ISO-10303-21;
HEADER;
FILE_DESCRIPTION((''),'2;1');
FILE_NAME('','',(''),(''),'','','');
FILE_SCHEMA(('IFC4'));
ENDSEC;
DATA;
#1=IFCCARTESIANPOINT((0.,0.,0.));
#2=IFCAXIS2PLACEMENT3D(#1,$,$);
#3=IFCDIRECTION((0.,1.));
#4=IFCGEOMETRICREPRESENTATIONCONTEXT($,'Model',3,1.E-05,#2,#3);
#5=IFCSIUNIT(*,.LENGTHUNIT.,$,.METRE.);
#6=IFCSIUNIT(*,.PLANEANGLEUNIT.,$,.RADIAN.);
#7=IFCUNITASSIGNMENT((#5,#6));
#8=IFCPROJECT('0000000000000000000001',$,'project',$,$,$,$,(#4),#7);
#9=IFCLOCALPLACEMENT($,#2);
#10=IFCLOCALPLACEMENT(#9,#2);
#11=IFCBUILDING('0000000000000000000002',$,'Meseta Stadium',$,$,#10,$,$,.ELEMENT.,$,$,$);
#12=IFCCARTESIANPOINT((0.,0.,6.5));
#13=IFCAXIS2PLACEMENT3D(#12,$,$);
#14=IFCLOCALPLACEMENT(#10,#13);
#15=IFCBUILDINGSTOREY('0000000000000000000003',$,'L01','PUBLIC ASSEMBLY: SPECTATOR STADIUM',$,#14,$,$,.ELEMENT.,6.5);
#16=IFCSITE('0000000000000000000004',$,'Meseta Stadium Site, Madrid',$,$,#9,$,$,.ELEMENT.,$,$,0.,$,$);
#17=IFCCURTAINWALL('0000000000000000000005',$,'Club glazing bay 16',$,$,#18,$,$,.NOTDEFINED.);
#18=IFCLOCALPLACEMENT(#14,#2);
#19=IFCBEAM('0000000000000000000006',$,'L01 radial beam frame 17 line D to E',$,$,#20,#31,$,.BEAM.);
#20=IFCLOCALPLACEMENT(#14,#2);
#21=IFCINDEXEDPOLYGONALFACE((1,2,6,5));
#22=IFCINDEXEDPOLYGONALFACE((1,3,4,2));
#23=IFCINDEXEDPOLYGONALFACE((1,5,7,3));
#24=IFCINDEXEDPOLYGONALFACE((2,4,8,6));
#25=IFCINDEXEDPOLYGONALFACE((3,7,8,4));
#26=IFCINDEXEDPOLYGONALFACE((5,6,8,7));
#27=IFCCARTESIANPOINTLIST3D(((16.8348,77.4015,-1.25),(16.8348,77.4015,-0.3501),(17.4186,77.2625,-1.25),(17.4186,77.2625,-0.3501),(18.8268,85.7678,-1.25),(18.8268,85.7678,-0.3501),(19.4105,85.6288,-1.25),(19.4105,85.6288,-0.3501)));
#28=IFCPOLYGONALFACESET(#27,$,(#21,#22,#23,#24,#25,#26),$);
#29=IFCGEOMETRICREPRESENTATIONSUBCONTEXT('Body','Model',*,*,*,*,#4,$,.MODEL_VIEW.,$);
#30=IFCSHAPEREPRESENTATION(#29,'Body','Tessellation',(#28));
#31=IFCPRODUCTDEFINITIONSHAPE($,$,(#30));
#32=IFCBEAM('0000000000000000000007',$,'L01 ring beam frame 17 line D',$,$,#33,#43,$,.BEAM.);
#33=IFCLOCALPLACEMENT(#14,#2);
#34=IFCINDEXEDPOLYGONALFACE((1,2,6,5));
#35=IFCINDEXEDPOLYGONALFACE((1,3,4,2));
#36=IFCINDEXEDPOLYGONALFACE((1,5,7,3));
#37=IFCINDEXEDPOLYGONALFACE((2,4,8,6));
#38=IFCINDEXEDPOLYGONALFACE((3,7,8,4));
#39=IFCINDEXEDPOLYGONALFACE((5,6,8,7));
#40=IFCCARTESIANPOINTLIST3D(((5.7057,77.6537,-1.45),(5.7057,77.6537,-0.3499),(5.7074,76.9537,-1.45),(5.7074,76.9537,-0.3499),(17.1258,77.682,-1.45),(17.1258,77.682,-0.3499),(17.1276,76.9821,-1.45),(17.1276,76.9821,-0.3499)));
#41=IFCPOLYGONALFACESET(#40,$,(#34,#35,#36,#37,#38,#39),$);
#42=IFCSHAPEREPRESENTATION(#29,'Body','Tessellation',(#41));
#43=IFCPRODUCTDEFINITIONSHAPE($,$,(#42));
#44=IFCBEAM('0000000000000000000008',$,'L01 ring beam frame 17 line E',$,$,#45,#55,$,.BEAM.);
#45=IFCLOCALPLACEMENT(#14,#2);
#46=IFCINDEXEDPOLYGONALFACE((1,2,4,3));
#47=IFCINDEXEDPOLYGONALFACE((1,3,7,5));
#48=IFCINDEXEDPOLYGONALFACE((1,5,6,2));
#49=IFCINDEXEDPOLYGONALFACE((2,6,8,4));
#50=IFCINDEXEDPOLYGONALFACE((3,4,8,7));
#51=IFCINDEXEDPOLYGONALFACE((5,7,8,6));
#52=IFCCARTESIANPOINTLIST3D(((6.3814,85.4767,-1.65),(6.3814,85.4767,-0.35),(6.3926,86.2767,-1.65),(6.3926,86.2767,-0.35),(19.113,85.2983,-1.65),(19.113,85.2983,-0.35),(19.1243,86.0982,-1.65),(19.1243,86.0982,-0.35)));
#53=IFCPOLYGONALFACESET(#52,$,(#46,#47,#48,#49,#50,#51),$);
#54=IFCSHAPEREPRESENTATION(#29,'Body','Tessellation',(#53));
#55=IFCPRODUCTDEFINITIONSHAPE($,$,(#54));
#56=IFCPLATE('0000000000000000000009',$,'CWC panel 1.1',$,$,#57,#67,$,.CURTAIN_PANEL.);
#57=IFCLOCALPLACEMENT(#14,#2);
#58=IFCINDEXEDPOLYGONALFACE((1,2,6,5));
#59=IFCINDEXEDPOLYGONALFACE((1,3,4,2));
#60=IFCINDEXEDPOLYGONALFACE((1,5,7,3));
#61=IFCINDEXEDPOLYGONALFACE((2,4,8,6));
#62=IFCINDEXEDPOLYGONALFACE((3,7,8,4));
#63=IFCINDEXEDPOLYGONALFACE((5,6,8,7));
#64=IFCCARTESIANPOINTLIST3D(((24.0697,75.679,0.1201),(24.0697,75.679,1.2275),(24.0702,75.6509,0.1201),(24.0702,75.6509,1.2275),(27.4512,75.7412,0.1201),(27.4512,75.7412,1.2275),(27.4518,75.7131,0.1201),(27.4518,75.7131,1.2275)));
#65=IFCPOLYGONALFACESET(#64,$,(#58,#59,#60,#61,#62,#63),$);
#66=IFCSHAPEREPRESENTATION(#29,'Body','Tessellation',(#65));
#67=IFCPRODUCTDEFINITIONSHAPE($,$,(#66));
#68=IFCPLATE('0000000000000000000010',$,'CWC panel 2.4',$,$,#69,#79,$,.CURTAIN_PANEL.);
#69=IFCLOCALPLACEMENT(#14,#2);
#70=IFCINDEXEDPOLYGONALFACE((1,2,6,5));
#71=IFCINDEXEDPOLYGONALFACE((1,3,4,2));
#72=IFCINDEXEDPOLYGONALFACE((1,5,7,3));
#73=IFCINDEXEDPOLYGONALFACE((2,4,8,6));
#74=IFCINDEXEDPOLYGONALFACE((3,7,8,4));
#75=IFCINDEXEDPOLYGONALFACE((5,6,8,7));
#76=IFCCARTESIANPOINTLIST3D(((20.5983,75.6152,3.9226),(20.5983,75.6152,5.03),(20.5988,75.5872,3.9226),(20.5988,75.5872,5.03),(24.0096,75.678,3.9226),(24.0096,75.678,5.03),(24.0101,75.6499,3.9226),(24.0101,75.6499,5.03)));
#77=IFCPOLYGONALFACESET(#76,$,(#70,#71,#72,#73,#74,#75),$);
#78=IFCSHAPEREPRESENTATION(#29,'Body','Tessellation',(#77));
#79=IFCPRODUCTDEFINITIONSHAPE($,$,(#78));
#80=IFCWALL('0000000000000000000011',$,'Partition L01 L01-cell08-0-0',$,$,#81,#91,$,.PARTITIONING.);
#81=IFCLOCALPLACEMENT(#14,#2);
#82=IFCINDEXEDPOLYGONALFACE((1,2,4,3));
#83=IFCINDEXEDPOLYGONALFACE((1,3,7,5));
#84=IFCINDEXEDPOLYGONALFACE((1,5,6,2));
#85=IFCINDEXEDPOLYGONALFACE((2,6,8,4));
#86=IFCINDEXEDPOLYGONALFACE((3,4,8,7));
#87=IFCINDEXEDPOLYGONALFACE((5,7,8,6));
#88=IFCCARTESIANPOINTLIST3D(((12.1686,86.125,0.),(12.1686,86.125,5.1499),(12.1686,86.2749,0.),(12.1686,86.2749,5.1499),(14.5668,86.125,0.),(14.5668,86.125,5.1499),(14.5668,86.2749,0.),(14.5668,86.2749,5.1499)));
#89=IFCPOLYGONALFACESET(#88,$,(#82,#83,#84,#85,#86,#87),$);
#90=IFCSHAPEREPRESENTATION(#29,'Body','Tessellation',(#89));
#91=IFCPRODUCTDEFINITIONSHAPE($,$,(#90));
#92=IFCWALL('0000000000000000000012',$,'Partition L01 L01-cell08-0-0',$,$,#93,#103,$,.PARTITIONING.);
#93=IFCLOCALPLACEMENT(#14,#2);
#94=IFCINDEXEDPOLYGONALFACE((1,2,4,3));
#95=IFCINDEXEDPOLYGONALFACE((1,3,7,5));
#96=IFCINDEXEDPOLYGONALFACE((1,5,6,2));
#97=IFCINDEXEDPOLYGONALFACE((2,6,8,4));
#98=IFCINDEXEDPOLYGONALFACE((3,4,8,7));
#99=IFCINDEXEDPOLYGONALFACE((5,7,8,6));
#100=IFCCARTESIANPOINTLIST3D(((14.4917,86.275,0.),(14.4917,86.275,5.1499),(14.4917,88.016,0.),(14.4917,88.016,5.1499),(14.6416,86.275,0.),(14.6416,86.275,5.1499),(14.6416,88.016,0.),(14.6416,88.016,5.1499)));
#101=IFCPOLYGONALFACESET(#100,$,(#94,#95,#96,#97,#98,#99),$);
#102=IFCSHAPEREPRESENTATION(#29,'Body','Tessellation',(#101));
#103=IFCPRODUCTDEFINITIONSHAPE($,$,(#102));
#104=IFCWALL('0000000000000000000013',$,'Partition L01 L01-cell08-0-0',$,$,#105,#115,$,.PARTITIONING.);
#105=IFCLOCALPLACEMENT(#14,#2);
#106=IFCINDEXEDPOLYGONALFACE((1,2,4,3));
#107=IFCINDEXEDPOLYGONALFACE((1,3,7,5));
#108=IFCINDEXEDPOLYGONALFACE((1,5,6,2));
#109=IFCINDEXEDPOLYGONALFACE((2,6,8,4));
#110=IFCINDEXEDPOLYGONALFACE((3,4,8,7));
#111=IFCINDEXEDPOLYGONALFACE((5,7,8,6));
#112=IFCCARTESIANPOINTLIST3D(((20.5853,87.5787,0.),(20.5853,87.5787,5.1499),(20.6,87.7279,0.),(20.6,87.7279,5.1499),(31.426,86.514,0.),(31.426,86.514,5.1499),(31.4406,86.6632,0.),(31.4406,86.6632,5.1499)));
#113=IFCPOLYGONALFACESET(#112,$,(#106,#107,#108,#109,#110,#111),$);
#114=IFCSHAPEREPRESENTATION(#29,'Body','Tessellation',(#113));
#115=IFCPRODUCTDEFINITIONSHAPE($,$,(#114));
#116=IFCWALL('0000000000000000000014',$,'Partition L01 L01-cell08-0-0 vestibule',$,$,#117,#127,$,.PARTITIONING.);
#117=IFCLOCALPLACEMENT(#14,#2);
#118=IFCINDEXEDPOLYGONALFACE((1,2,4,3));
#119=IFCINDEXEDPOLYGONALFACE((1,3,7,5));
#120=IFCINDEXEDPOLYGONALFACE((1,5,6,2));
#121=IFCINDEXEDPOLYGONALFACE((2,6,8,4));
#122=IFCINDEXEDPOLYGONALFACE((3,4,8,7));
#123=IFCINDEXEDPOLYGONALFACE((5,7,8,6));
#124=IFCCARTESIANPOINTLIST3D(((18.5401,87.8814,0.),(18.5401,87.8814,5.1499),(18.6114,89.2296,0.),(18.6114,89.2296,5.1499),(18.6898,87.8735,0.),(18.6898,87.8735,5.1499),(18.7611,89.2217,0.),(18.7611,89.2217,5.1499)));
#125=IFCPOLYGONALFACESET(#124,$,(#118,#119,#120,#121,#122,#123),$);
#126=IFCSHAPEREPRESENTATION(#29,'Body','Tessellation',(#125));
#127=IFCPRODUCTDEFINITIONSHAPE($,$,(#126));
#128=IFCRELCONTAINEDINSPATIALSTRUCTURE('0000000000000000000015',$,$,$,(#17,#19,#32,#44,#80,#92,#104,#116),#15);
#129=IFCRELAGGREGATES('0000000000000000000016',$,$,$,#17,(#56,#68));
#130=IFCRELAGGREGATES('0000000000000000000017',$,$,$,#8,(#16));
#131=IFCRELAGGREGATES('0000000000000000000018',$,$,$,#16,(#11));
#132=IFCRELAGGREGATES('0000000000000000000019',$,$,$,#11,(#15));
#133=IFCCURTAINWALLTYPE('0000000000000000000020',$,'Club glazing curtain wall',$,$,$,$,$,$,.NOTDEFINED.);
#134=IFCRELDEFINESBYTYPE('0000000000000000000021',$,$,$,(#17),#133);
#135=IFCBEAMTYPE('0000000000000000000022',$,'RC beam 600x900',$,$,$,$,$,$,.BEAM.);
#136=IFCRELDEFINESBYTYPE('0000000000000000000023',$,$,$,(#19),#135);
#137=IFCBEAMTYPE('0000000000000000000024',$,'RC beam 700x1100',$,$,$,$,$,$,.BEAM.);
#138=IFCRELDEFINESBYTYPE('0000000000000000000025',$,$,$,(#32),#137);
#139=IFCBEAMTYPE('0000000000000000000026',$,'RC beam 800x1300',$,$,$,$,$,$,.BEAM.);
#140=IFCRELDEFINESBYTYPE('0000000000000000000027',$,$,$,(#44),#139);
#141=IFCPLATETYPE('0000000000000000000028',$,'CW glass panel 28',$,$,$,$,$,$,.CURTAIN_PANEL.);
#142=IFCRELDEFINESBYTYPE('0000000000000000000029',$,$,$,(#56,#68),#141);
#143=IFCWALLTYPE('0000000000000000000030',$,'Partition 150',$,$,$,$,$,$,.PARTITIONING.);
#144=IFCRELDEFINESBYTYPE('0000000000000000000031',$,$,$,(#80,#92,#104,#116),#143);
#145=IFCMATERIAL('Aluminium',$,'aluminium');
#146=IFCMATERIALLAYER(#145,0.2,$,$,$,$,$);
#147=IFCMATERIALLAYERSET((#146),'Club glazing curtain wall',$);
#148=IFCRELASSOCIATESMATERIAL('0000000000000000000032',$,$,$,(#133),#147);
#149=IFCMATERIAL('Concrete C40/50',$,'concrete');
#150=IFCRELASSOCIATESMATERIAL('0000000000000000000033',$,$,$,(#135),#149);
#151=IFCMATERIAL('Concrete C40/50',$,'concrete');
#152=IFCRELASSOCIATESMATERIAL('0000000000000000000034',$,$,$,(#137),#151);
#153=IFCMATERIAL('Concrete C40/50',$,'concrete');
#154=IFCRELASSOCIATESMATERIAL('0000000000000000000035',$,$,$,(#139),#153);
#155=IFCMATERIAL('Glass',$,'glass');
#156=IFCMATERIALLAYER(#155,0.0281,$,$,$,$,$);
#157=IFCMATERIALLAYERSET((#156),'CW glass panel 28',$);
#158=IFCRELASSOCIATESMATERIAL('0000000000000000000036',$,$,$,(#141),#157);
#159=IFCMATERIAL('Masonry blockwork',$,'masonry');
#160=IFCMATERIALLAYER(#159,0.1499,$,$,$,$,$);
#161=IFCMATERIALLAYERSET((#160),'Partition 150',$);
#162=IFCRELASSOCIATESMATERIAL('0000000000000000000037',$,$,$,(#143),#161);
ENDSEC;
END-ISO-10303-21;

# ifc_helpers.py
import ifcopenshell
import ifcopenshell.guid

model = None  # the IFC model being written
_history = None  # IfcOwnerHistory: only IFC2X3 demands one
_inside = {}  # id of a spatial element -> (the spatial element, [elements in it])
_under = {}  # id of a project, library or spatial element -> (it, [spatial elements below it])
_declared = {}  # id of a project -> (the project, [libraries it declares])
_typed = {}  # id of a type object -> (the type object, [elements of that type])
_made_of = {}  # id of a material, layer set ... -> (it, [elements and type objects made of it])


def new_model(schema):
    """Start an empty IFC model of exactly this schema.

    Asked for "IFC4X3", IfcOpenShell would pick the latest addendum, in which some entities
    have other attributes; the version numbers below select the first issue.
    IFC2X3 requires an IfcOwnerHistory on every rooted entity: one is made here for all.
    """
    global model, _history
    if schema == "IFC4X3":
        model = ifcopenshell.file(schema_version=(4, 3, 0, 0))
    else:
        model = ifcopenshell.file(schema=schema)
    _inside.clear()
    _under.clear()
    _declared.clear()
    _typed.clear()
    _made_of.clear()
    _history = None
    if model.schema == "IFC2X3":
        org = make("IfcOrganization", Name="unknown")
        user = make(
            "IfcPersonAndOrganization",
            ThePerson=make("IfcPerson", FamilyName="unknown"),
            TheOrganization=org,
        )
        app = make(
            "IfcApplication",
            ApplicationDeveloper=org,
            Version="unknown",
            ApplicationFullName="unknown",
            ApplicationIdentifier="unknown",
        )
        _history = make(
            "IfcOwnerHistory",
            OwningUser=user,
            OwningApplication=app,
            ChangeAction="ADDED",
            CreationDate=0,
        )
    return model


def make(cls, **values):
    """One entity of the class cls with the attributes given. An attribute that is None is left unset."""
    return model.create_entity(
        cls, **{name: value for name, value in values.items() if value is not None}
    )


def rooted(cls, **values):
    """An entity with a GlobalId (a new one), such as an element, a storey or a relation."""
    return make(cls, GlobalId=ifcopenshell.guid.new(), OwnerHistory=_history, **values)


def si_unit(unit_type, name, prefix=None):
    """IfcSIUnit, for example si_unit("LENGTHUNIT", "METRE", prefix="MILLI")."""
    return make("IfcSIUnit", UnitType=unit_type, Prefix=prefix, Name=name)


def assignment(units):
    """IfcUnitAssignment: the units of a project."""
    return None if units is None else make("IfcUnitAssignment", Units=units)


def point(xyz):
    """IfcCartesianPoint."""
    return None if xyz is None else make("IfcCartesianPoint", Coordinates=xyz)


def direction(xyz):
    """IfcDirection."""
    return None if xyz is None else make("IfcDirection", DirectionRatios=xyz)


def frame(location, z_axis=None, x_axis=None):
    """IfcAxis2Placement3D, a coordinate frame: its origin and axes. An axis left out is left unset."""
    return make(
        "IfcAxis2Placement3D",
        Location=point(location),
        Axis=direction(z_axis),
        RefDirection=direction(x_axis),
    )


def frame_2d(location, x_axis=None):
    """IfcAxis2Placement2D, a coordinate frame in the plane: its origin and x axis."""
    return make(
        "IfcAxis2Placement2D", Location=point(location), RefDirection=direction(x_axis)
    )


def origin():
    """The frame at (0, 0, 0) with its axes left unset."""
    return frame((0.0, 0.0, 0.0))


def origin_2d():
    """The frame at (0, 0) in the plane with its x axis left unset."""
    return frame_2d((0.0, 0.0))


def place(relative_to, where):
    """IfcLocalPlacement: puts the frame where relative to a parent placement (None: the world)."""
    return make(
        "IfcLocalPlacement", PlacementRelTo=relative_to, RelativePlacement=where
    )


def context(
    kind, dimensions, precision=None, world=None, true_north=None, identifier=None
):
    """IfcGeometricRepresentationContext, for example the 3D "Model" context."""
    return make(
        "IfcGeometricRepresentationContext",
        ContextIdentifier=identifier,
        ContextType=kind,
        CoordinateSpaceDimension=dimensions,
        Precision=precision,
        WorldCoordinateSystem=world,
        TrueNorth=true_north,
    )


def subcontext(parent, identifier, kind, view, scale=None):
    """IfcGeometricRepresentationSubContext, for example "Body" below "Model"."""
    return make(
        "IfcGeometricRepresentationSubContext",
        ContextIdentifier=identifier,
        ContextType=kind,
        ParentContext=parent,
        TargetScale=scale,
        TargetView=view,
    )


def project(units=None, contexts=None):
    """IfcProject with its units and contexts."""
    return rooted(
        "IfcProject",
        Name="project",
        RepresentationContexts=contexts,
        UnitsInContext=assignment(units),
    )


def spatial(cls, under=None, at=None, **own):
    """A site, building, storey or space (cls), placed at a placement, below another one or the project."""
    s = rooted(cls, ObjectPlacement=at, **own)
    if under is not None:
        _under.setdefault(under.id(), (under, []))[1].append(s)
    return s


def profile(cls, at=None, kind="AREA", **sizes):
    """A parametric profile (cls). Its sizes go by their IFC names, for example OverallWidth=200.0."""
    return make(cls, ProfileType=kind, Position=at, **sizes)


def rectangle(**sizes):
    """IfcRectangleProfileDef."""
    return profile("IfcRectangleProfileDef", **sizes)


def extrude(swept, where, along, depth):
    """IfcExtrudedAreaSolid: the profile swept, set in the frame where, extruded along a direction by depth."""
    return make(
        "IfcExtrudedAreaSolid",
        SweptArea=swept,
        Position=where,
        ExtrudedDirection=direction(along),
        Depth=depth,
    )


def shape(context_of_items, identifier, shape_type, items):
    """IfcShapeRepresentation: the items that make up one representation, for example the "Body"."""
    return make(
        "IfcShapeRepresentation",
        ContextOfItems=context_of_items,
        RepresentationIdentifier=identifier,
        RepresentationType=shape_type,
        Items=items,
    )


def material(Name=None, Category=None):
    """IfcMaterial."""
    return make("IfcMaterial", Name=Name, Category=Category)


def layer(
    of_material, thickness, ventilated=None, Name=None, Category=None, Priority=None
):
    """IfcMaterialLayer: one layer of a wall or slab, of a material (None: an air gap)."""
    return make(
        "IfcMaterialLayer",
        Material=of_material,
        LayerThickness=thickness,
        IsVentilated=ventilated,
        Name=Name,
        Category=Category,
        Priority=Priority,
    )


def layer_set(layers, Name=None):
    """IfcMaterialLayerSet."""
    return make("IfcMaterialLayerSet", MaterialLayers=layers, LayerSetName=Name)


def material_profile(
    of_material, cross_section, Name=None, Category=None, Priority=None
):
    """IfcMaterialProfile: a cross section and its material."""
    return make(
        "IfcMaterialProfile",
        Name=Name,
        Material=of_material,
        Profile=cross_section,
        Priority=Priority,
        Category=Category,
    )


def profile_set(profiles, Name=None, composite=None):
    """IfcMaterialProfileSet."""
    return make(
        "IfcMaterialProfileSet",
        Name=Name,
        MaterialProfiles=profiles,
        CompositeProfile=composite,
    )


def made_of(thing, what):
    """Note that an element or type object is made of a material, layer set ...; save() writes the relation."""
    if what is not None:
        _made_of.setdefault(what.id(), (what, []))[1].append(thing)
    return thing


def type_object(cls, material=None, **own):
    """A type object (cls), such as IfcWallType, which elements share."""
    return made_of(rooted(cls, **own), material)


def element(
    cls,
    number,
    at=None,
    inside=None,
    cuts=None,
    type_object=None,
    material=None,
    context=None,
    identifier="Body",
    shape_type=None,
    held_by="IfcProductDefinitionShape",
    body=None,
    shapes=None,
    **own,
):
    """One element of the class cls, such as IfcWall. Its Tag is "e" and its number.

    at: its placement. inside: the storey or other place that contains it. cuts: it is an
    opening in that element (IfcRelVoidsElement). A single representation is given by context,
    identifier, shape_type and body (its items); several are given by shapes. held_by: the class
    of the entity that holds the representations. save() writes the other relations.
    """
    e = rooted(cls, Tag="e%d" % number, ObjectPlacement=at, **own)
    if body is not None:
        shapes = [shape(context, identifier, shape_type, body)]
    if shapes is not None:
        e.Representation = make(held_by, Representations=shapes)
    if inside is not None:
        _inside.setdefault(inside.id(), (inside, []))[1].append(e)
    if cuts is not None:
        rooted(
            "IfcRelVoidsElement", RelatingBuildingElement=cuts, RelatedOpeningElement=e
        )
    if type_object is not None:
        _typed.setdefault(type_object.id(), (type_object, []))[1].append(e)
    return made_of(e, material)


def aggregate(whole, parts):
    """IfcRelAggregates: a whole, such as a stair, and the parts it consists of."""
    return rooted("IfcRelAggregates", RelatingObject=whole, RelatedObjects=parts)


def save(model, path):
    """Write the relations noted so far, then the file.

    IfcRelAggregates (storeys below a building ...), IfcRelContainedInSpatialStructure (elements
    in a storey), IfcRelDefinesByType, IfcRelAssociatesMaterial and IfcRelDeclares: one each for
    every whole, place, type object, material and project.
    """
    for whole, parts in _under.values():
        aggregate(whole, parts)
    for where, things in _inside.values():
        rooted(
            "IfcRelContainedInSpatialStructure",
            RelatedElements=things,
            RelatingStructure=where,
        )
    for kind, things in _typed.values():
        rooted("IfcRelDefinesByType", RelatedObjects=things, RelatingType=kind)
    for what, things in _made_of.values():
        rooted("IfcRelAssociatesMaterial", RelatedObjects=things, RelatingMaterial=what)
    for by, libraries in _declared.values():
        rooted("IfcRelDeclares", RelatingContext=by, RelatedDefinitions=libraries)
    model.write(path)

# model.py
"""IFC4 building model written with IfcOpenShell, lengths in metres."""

from ifc_helpers import new_model, si_unit, direction, frame, frame_2d, origin, origin_2d, place, context, subcontext, project, spatial, rectangle, extrude, material, layer, layer_set, material_profile, profile_set, type_object, element, aggregate, save


model = new_model("IFC4")

# Units and contexts
model_context = context("Model", 3, precision=1e-05, world=origin(), true_north=direction((0.0, 1.0)))
body_context = subcontext(model_context, "Body", "Model", "MODEL_VIEW")
ifc_project = project(units=[si_unit("LENGTHUNIT", "METRE"), si_unit("PLANEANGLEUNIT", "RADIAN")], contexts=[model_context])

# Site, building, storey
site_placement = place(None, origin())
site = spatial("IfcSite", under=ifc_project, at=site_placement, Name="Meseta Stadium Site, Madrid", CompositionType="ELEMENT", RefElevation=0.0)
building_placement = place(site_placement, origin())
building = spatial("IfcBuilding", under=site, at=building_placement, Name="Meseta Stadium", CompositionType="ELEMENT")
storey_placement = place(building_placement, frame((0.0, 0.0, 6.5)))
storey = spatial("IfcBuildingStorey", under=building, at=storey_placement, Name="L01", Description="PUBLIC ASSEMBLY: SPECTATOR STADIUM", CompositionType="ELEMENT", Elevation=6.5)

# Curtain wall
ifc_material_1 = material(Name="Aluminium", Category="aluminium")
ifc_layer_1 = layer(ifc_material_1, 0.2)
ifc_layer_set_1 = layer_set([ifc_layer_1], Name="Club glazing curtain wall")
curtain_wall_type = type_object("IfcCurtainWallType", Name="Club glazing curtain wall", PredefinedType="NOTDEFINED", material=ifc_layer_set_1)
curtain_wall_placement = place(storey_placement, origin())
curtain_wall = element("IfcCurtainWall", 1, at=curtain_wall_placement, inside=storey, type_object=curtain_wall_type, Name="Club glazing bay 16", PredefinedType="NOTDEFINED")

# Beams
ifc_material_2 = material(Name="Concrete C40/50", Category="concrete")
ifc_material_profile_1 = material_profile(ifc_material_2, rectangle(XDim=0.6001, YDim=0.8999, at=origin_2d()), Name="RC 600x900")
ifc_profile_set_1 = profile_set([ifc_material_profile_1], Name="Concrete C40/50")
beam_type_1 = type_object("IfcBeamType", Name="RC beam 600x900", PredefinedType="BEAM", material=ifc_profile_set_1)
beam_1_placement = place(storey_placement, frame((17.1267, 77.332, -0.8), z_axis=(0.231619, 0.972807, 0.0), x_axis=(-0.972807, 0.231619, 0.0)))
element("IfcBeam", 2, at=beam_1_placement, inside=storey, type_object=beam_type_1, Name="L01 radial beam frame 17 line D to E", PredefinedType="BEAM", context=body_context, shape_type="SweptSolid", body=[
    extrude(rectangle(XDim=0.6001, YDim=0.8999, at=origin_2d()), origin(), (0.0, 0.0, 1.0), 8.6001),
])
ifc_material_3 = material(Name="Concrete C40/50", Category="concrete")
ifc_material_profile_2 = material_profile(ifc_material_3, rectangle(XDim=0.7, YDim=1.1001, at=origin_2d()), Name="RC 700x1100")
ifc_profile_set_2 = profile_set([ifc_material_profile_2], Name="Concrete C40/50")
beam_type_2 = type_object("IfcBeamType", Name="RC beam 700x1100", PredefinedType="BEAM", material=ifc_profile_set_2)
beam_2_placement = place(storey_placement, frame((17.1267, 77.332, -0.8999), z_axis=(-0.999997, -0.00248, 0.0), x_axis=(0.00248, -0.999997, 0.0)))
element("IfcBeam", 3, at=beam_2_placement, inside=storey, type_object=beam_type_2, Name="L01 ring beam frame 17 line D", PredefinedType="BEAM", context=body_context, shape_type="SweptSolid", body=[
    extrude(rectangle(XDim=0.7, YDim=1.1001, at=origin_2d()), origin(), (0.0, 0.0, 1.0), 11.4202),
])
ifc_material_4 = material(Name="Concrete C40/50", Category="concrete")
ifc_material_profile_3 = material_profile(ifc_material_4, rectangle(XDim=0.8, YDim=1.3, at=origin_2d()), Name="RC 800x1300")
ifc_profile_set_3 = profile_set([ifc_material_profile_3], Name="Concrete C40/50")
beam_type_3 = type_object("IfcBeamType", Name="RC beam 800x1300", PredefinedType="BEAM", material=ifc_profile_set_3)
beam_3_placement = place(storey_placement, frame((19.1187, 85.6982, -1.0), z_axis=(-0.999902, 0.014016, 0.0), x_axis=(-0.014016, -0.999902, 0.0)))
element("IfcBeam", 4, at=beam_3_placement, inside=storey, type_object=beam_type_3, Name="L01 ring beam frame 17 line E", PredefinedType="BEAM", context=body_context, shape_type="SweptSolid", body=[
    extrude(rectangle(XDim=0.8, YDim=1.3, at=origin_2d()), origin(), (0.0, 0.0, 1.0), 12.7329),
])

# Plates
ifc_material_5 = material(Name="Glass", Category="glass")
ifc_layer_2 = layer(ifc_material_5, 0.0281)
ifc_layer_set_2 = layer_set([ifc_layer_2], Name="CW glass panel 28")
plate_type = type_object("IfcPlateType", Name="CW glass panel 28", PredefinedType="CURTAIN_PANEL", material=ifc_layer_set_2)
plate_1_placement = place(storey_placement, frame((25.7607, 75.696, 0.1201), z_axis=(0.0, 0.0, 1.0), x_axis=(-0.999831, -0.018384, 0.0)))
plate_1 = element("IfcPlate", 5, at=plate_1_placement, type_object=plate_type, Name="CWC panel 1.1", PredefinedType="CURTAIN_PANEL", context=body_context, shape_type="SweptSolid", body=[
    extrude(rectangle(XDim=3.3821, YDim=0.0281, at=origin_2d()), origin(), (0.0, 0.0, 1.0), 1.1074),
])
plate_2_placement = place(storey_placement, frame((22.3042, 75.6326, 3.9226), z_axis=(0.0, 0.0, 1.0), x_axis=(-0.999831, -0.018384, 0.0)))
plate_2 = element("IfcPlate", 6, at=plate_2_placement, type_object=plate_type, Name="CWC panel 2.4", PredefinedType="CURTAIN_PANEL", context=body_context, shape_type="SweptSolid", body=[
    extrude(rectangle(XDim=3.4119, YDim=0.0281, at=origin_2d()), origin(), (0.0, 0.0, 1.0), 1.1074),
])
aggregate(curtain_wall, [plate_1, plate_2])

# Walls
ifc_material_6 = material(Name="Masonry blockwork", Category="masonry")
ifc_layer_3 = layer(ifc_material_6, 0.1499)
ifc_layer_set_3 = layer_set([ifc_layer_3], Name="Partition 150")
wall_type = type_object("IfcWallType", Name="Partition 150", PredefinedType="PARTITIONING", material=ifc_layer_set_3)
wall_1_placement = place(storey_placement, frame((12.1685, 86.2, 0.0), z_axis=(0.0, 0.0, 1.0), x_axis=(1.0, 0.0, 0.0)))
element("IfcWall", 7, at=wall_1_placement, inside=storey, type_object=wall_type, Name="Partition L01 L01-cell08-0-0", PredefinedType="PARTITIONING", context=body_context, shape_type="SweptSolid", body=[
    extrude(rectangle(XDim=2.3982, YDim=0.1499, at=frame_2d((1.1992, 0.0))), origin(), (0.0, 0.0, 1.0), 5.1499),
])
wall_2_placement = place(storey_placement, frame((14.5667, 86.2749, 0.0), z_axis=(0.0, 0.0, 1.0), x_axis=(0.0, 1.0, 0.0)))
element("IfcWall", 8, at=wall_2_placement, inside=storey, type_object=wall_type, Name="Partition L01 L01-cell08-0-0", PredefinedType="PARTITIONING", context=body_context, shape_type="SweptSolid", body=[
    extrude(rectangle(XDim=1.741, YDim=0.1499, at=frame_2d((0.8706, 0.0))), origin(), (0.0, 0.0, 1.0), 5.1499),
])
wall_3_placement = place(storey_placement, frame((20.5928, 87.6533, 0.0), z_axis=(0.0, 0.0, 1.0), x_axis=(0.995212, -0.097744, 0.0)))
element("IfcWall", 9, at=wall_3_placement, inside=storey, type_object=wall_type, Name="Partition L01 L01-cell08-0-0", PredefinedType="PARTITIONING", context=body_context, shape_type="SweptSolid", body=[
    extrude(rectangle(XDim=10.8928, YDim=0.1499, at=frame_2d((5.4463, 0.0))), origin(), (0.0, 0.0, 1.0), 5.1499),
])
wall_4_placement = place(storey_placement, frame((18.615, 87.8774, 0.0), z_axis=(0.0, 0.0, 1.0), x_axis=(0.052806, 0.998605, 0.0)))
element("IfcWall", 10, at=wall_4_placement, inside=storey, type_object=wall_type, Name="Partition L01 L01-cell08-0-0 vestibule", PredefinedType="PARTITIONING", context=body_context, shape_type="SweptSolid", body=[
    extrude(rectangle(XDim=1.3501, YDim=0.1499, at=frame_2d((0.675, 0.0))), origin(), (0.0, 0.0, 1.0), 5.1499),
])

save(model, "model.ifc")
